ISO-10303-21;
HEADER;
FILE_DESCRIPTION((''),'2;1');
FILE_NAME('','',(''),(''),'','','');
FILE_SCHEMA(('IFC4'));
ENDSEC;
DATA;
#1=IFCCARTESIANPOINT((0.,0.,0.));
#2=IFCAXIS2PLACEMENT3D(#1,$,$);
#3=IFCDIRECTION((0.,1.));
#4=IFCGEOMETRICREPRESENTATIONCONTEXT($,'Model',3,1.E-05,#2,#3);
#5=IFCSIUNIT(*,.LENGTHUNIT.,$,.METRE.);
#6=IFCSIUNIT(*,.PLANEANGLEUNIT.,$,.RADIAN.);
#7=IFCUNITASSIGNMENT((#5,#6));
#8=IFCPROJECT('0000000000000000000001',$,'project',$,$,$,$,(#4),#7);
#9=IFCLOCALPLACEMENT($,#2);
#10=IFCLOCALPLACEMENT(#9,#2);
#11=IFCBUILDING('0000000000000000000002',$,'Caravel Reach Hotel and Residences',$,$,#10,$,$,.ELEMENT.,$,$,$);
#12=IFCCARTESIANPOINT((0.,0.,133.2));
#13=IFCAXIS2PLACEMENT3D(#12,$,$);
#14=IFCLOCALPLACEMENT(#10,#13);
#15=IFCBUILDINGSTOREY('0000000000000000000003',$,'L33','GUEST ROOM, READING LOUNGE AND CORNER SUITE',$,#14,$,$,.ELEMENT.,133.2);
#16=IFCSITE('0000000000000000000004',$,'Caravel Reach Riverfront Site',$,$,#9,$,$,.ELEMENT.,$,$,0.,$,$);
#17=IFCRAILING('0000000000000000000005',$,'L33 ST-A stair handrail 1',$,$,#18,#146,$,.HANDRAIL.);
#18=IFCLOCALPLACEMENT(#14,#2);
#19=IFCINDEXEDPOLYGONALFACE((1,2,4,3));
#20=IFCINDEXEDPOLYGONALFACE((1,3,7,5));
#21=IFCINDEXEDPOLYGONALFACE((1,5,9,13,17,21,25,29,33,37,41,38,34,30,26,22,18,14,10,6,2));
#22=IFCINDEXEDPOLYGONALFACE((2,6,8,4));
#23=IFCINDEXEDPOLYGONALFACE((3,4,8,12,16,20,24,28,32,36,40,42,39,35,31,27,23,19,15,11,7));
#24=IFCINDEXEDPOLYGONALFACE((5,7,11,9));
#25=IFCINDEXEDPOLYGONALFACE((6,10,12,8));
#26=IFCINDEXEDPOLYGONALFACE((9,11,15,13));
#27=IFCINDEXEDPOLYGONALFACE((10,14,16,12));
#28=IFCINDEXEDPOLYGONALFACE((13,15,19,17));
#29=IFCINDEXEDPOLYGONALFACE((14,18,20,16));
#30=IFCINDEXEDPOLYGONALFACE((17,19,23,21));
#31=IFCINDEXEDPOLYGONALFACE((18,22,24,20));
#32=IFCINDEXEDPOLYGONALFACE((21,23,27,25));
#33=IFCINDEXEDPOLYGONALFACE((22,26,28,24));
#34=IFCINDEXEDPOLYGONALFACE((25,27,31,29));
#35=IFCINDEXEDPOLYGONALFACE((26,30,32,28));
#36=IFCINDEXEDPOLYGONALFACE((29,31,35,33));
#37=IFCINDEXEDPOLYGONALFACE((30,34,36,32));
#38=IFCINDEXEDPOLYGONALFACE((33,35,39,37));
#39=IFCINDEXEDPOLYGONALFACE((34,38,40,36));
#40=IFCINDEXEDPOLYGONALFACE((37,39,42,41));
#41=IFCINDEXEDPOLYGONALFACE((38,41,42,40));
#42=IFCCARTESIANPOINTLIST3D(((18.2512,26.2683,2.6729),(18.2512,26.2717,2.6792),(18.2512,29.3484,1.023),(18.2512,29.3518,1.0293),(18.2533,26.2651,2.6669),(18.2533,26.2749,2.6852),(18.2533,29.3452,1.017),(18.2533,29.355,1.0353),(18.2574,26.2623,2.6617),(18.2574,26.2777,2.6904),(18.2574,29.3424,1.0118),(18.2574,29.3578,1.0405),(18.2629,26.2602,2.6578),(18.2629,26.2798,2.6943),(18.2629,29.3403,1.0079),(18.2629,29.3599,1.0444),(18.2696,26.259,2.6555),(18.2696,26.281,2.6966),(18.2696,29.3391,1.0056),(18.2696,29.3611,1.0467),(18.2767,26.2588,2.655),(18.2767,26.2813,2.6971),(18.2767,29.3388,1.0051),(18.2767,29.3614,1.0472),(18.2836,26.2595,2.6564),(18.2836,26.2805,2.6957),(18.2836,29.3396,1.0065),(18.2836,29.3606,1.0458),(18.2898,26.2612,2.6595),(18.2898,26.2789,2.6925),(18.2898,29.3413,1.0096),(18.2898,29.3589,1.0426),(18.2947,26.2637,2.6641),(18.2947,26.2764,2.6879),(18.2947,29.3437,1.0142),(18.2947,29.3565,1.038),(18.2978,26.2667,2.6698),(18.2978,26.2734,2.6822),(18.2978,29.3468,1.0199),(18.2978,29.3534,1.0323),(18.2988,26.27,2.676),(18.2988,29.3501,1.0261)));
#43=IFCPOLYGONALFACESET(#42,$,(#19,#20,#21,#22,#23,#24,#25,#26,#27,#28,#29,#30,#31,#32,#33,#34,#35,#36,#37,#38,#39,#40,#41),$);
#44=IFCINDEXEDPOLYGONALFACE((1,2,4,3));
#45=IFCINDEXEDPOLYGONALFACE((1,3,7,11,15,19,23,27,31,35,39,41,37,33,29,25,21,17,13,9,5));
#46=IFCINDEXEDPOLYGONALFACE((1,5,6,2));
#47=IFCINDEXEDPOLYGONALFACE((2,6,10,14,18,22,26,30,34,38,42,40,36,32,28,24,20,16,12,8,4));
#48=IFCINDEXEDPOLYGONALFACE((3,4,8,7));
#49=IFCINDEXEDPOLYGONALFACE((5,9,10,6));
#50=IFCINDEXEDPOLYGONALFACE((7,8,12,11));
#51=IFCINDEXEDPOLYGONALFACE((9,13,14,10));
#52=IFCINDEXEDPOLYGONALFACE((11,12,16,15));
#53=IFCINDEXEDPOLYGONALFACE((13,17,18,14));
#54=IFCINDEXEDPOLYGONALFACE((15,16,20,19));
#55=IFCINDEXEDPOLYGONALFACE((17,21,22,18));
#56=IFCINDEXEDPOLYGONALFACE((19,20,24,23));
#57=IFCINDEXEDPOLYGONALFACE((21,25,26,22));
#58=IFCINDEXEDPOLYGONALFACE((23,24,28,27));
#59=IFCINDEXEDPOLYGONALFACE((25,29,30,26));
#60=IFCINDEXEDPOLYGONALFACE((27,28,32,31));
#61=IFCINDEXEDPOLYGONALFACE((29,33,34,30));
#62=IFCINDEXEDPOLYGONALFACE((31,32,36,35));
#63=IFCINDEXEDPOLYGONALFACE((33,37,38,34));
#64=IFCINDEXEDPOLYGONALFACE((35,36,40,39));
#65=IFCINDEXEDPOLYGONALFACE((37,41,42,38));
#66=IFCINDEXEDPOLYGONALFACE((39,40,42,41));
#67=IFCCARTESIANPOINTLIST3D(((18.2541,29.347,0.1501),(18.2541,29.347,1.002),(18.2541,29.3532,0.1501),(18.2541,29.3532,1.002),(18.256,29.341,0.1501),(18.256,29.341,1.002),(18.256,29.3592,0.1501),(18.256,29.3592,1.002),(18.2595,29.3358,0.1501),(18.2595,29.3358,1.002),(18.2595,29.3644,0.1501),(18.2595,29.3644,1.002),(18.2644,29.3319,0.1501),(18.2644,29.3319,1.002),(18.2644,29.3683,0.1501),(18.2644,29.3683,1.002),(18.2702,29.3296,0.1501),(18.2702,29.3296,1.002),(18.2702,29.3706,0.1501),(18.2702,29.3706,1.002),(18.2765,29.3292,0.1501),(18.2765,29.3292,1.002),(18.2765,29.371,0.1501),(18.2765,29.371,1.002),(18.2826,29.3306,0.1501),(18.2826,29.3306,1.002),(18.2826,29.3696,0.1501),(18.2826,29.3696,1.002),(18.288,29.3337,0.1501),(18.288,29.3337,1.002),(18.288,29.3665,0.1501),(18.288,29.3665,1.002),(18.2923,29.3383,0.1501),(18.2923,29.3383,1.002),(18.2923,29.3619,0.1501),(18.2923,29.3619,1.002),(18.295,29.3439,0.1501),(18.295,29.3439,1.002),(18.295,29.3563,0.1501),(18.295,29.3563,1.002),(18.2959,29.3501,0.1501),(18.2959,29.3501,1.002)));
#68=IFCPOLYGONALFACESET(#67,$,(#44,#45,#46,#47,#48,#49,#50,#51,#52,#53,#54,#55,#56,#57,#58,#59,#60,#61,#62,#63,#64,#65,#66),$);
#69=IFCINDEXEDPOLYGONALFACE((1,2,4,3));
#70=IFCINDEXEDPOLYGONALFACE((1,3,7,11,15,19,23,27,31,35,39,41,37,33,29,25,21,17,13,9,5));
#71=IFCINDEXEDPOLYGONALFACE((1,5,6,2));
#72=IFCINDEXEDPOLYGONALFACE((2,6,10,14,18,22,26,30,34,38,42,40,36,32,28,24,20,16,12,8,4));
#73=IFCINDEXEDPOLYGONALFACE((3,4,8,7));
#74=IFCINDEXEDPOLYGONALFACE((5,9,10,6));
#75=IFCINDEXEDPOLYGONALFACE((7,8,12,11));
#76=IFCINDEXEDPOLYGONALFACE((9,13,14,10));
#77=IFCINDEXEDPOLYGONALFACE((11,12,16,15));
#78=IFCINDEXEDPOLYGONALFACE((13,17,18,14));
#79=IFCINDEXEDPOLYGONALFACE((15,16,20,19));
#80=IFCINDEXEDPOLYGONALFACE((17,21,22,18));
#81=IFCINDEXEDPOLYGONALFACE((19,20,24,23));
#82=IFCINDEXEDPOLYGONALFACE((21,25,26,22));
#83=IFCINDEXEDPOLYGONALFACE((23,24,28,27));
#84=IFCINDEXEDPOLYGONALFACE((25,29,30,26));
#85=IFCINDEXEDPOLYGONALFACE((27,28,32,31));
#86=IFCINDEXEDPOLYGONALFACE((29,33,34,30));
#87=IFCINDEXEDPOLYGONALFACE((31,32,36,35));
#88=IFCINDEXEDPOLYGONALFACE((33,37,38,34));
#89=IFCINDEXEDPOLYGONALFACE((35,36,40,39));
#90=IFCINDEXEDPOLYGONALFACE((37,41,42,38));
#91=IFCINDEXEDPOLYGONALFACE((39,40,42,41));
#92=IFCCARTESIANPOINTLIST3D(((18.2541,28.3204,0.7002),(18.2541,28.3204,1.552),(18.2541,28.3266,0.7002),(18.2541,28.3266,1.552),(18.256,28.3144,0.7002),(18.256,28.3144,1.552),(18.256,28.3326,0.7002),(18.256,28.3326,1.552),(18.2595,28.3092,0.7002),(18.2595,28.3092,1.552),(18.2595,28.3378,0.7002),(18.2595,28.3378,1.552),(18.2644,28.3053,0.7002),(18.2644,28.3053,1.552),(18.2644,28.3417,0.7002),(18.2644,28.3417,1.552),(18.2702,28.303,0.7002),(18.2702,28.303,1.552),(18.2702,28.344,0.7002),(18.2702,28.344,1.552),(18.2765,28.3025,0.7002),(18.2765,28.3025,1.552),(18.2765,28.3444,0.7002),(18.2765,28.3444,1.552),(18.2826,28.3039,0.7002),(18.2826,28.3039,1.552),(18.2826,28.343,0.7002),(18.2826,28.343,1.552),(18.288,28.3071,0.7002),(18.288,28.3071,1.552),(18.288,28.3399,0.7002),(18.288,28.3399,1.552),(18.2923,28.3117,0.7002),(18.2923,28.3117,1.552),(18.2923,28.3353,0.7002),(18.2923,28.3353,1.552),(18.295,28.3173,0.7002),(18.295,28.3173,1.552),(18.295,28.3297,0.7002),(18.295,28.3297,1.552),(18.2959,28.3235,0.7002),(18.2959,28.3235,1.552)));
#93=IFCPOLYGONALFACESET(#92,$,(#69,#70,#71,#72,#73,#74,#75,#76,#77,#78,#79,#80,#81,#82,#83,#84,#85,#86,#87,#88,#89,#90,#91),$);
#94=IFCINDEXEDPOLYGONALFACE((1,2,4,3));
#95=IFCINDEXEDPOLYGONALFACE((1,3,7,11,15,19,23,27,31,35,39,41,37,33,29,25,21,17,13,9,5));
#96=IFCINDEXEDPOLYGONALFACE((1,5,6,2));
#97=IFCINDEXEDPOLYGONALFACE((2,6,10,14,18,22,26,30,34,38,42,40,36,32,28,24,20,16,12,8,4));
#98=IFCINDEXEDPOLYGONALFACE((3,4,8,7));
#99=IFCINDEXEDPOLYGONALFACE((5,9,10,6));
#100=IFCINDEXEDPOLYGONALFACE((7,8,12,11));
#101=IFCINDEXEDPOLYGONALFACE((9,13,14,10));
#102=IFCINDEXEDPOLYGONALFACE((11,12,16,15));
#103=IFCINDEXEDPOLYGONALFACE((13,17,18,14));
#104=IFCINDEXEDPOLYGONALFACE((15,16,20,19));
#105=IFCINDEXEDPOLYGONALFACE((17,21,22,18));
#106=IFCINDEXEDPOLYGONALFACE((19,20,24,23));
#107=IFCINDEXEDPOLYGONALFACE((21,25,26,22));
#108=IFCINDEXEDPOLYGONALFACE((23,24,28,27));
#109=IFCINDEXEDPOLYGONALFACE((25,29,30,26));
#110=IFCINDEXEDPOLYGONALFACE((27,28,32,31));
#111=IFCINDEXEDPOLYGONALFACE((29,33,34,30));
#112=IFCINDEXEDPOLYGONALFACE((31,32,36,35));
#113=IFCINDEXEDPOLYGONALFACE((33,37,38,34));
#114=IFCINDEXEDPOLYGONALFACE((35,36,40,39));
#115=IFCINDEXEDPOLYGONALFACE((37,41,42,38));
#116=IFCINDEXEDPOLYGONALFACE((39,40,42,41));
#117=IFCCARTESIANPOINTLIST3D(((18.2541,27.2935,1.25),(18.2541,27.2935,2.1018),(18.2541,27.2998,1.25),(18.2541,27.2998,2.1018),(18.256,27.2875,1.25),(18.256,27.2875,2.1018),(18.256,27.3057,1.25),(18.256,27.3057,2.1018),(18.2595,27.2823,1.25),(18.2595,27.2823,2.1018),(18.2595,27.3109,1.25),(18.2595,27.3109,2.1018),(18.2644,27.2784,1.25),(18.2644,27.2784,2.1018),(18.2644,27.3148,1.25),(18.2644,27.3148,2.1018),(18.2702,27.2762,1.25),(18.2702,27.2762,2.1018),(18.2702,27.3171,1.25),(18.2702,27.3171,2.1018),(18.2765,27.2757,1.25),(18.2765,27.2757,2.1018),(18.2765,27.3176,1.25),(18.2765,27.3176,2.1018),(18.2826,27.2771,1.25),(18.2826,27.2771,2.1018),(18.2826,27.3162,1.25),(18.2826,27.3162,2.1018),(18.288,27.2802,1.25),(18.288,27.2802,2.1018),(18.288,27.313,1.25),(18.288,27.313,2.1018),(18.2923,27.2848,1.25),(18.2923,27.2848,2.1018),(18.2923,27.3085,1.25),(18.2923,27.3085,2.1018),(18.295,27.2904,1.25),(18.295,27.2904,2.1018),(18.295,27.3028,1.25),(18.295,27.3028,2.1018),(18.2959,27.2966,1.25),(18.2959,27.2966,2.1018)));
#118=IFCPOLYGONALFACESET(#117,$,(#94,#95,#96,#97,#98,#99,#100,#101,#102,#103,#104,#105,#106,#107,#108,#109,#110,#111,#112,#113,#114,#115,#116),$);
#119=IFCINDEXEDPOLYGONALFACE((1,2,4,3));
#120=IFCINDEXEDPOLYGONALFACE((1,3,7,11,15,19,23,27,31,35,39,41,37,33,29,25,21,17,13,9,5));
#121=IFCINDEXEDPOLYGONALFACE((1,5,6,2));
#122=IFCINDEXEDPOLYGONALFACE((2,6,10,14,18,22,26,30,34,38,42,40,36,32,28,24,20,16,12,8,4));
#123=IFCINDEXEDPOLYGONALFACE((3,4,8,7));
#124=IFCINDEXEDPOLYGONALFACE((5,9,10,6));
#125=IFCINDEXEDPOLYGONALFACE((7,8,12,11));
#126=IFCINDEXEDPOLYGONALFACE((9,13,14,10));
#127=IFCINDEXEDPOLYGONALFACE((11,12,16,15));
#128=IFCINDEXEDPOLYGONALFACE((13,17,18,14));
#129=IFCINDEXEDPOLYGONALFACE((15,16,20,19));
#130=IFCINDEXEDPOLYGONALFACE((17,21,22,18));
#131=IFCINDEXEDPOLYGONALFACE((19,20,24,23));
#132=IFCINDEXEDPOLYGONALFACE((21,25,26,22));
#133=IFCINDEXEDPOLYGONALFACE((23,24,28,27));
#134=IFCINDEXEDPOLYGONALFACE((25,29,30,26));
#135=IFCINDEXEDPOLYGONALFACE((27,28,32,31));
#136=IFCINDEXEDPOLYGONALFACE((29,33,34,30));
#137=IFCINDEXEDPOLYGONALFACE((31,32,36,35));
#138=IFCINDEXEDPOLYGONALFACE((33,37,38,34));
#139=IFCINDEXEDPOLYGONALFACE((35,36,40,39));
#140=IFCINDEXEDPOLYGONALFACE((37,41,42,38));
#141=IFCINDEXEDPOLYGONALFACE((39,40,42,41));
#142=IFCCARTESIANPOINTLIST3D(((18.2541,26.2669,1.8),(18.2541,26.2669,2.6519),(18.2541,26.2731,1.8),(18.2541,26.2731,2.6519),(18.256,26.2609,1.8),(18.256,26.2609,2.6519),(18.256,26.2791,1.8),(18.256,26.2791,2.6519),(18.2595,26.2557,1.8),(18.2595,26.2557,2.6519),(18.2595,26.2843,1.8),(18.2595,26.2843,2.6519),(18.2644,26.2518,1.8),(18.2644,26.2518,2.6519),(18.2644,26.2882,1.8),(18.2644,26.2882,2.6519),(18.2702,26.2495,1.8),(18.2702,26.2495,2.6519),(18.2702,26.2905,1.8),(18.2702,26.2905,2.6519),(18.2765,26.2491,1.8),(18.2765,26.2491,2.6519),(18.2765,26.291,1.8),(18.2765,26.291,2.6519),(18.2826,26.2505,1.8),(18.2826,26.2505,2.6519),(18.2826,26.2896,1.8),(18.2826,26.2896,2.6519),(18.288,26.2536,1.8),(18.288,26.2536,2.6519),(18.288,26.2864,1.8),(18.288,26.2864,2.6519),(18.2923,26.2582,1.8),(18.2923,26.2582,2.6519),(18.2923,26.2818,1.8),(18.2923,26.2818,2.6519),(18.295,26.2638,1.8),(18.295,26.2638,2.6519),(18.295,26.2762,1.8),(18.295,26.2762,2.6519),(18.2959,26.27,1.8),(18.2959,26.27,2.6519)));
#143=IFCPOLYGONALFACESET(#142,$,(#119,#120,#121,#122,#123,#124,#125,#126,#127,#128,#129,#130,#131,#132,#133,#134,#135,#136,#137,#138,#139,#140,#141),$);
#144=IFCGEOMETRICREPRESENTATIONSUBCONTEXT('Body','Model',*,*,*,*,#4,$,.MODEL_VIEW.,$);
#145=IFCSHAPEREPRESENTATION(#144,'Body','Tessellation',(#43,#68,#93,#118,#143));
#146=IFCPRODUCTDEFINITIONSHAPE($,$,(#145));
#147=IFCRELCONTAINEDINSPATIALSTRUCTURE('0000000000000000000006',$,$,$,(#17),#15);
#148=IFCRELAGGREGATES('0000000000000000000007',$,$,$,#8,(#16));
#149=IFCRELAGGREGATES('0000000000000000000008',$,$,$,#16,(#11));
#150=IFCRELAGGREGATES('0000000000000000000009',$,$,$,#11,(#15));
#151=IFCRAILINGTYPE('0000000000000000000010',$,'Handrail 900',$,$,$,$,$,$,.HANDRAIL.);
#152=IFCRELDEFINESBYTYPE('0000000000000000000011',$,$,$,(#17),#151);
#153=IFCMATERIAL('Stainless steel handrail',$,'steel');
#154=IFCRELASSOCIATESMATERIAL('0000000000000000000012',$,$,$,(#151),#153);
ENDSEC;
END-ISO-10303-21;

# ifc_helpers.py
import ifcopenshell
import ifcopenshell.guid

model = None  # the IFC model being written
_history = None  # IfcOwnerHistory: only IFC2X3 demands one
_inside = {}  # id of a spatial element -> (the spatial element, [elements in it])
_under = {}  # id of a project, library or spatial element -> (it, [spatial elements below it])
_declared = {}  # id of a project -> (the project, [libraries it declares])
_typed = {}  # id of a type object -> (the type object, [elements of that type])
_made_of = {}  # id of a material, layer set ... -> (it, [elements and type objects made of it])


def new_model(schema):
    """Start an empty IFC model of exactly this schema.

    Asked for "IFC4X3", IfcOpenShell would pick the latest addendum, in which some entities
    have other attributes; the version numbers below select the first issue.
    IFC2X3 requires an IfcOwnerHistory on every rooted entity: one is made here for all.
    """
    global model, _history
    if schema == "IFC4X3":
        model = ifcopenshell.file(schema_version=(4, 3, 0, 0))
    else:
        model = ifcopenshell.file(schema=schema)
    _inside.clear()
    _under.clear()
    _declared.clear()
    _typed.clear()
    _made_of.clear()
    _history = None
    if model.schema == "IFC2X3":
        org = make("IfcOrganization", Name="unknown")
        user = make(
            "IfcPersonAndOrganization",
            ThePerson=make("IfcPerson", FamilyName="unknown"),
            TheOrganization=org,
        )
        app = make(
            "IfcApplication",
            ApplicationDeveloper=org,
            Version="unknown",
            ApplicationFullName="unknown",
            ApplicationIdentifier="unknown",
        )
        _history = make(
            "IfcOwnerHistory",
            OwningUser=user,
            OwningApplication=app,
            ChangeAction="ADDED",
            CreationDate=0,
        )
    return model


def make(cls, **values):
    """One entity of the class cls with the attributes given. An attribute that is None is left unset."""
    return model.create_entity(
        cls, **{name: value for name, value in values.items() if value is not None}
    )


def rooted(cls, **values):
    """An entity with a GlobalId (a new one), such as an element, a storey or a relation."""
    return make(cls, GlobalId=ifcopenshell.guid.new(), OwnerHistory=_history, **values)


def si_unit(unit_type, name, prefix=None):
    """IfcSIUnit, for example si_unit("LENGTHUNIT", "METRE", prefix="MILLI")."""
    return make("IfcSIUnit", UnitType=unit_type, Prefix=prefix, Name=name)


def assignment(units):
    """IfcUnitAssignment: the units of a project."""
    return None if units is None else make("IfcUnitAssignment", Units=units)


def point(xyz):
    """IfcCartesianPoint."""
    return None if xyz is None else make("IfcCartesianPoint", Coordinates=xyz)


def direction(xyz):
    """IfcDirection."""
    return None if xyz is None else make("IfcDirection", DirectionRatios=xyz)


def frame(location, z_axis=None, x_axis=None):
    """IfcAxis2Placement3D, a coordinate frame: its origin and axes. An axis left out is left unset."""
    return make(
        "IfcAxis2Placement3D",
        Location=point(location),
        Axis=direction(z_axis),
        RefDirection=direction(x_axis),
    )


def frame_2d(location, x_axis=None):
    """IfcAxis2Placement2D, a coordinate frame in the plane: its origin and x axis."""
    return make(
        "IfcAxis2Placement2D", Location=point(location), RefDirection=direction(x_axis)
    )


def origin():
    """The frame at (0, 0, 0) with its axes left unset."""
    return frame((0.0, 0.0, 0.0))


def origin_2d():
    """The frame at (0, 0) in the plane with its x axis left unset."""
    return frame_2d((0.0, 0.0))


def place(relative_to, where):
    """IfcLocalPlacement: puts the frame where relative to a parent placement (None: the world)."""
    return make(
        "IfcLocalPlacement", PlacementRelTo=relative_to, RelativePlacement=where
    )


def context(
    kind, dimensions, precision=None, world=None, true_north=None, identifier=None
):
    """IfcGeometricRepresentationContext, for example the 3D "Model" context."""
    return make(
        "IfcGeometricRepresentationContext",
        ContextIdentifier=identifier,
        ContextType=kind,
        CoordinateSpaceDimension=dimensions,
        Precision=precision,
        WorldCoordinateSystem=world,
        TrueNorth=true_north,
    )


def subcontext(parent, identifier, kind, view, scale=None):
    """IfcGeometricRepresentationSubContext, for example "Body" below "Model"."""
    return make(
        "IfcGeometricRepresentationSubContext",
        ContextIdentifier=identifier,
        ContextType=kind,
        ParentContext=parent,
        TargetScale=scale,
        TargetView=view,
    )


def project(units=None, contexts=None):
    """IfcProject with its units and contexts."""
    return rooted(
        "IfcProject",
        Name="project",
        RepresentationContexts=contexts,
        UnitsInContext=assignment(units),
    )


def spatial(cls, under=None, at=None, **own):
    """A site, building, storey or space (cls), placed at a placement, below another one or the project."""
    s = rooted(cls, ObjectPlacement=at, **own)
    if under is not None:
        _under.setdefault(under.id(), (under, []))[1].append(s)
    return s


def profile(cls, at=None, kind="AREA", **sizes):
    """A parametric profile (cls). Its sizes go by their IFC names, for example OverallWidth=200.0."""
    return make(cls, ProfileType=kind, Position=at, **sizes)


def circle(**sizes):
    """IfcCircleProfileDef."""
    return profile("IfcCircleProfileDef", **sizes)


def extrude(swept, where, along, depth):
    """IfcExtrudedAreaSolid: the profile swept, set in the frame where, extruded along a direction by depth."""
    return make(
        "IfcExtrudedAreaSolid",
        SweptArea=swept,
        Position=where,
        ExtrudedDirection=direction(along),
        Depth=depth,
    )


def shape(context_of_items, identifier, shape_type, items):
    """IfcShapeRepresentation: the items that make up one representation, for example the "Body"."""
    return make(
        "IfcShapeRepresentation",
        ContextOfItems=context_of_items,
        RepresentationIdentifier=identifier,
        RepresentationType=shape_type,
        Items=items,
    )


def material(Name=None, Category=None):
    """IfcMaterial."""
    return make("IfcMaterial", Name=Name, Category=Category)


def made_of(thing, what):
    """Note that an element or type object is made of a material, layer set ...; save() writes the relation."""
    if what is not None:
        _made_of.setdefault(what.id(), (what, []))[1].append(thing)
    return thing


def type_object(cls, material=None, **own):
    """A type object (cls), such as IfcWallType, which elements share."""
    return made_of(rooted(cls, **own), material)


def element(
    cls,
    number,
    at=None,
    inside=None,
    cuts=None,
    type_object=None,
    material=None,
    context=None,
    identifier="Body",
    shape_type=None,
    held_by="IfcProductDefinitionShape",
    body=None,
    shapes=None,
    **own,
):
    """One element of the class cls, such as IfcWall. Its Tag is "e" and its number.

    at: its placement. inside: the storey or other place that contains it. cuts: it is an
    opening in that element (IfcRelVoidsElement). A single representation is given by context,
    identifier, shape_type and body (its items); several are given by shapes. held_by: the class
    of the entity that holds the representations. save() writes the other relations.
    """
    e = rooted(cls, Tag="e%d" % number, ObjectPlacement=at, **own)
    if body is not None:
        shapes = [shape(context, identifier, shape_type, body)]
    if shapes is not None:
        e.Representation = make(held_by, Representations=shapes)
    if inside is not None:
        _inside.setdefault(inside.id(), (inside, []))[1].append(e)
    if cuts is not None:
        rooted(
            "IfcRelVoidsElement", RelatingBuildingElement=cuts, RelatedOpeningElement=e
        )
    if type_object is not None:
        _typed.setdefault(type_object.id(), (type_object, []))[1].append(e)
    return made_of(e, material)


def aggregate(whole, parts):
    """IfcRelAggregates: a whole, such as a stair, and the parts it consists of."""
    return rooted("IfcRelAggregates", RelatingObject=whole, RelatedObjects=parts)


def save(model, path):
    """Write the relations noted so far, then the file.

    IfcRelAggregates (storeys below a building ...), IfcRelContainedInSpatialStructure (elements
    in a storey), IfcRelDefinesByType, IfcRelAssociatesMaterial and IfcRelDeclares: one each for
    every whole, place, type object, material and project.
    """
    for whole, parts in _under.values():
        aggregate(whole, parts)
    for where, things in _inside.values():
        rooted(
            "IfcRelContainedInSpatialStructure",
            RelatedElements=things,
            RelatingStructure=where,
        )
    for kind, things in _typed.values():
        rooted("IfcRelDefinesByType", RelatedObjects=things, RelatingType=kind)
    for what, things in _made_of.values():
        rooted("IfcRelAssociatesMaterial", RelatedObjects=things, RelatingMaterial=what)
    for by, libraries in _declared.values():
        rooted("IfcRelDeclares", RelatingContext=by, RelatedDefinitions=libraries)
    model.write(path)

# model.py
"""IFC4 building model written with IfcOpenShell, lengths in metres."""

from ifc_helpers import new_model, si_unit, direction, frame, origin, origin_2d, place, context, subcontext, project, spatial, circle, extrude, material, type_object, element, save


model = new_model("IFC4")

# Units and contexts
model_context = context("Model", 3, precision=1e-05, world=origin(), true_north=direction((0.0, 1.0)))
body_context = subcontext(model_context, "Body", "Model", "MODEL_VIEW")
ifc_project = project(units=[si_unit("LENGTHUNIT", "METRE"), si_unit("PLANEANGLEUNIT", "RADIAN")], contexts=[model_context])

# Site, building, storey
site_placement = place(None, origin())
site = spatial("IfcSite", under=ifc_project, at=site_placement, Name="Caravel Reach Riverfront Site", CompositionType="ELEMENT", RefElevation=0.0)
building_placement = place(site_placement, origin())
building = spatial("IfcBuilding", under=site, at=building_placement, Name="Caravel Reach Hotel and Residences", CompositionType="ELEMENT")
storey_placement = place(building_placement, frame((0.0, 0.0, 133.2)))
storey = spatial("IfcBuildingStorey", under=building, at=storey_placement, Name="L33", Description="GUEST ROOM, READING LOUNGE AND CORNER SUITE", CompositionType="ELEMENT", Elevation=133.2)

# Railing
ifc_material_1 = material(Name="Stainless steel handrail", Category="steel")
railing_type_1 = type_object("IfcRailingType", Name="Handrail 900", PredefinedType="HANDRAIL", material=ifc_material_1)
railing_1_placement = place(storey_placement, frame((18.2749, 29.3501, 0.1501)))
element("IfcRailing", 1, at=railing_1_placement, inside=storey, type_object=railing_type_1, Name="L33 ST-A stair handrail 1", PredefinedType="HANDRAIL", context=body_context, shape_type="SweptSolid", body=[
    extrude(circle(Radius=0.0239, at=origin_2d()), frame((0.0, 0.0, 0.876), z_axis=(0.0, -0.881497, 0.47219), x_axis=(1.0, 0.0, 0.0)), (0.0, 0.0, 1.0), 3.4941),
    extrude(circle(Radius=0.021, at=origin_2d()), origin(), (0.0, 0.0, 1.0), 0.8518),
    extrude(circle(Radius=0.021, at=origin_2d()), frame((0.0, -1.0266, 0.55)), (0.0, 0.0, 1.0), 0.8518),
    extrude(circle(Radius=0.021, at=origin_2d()), frame((0.0, -2.0535, 1.0999)), (0.0, 0.0, 1.0), 0.8518),
    extrude(circle(Radius=0.021, at=origin_2d()), frame((0.0, -3.0801, 1.6499)), (0.0, 0.0, 1.0), 0.8518),
])

save(model, "model.ifc")
